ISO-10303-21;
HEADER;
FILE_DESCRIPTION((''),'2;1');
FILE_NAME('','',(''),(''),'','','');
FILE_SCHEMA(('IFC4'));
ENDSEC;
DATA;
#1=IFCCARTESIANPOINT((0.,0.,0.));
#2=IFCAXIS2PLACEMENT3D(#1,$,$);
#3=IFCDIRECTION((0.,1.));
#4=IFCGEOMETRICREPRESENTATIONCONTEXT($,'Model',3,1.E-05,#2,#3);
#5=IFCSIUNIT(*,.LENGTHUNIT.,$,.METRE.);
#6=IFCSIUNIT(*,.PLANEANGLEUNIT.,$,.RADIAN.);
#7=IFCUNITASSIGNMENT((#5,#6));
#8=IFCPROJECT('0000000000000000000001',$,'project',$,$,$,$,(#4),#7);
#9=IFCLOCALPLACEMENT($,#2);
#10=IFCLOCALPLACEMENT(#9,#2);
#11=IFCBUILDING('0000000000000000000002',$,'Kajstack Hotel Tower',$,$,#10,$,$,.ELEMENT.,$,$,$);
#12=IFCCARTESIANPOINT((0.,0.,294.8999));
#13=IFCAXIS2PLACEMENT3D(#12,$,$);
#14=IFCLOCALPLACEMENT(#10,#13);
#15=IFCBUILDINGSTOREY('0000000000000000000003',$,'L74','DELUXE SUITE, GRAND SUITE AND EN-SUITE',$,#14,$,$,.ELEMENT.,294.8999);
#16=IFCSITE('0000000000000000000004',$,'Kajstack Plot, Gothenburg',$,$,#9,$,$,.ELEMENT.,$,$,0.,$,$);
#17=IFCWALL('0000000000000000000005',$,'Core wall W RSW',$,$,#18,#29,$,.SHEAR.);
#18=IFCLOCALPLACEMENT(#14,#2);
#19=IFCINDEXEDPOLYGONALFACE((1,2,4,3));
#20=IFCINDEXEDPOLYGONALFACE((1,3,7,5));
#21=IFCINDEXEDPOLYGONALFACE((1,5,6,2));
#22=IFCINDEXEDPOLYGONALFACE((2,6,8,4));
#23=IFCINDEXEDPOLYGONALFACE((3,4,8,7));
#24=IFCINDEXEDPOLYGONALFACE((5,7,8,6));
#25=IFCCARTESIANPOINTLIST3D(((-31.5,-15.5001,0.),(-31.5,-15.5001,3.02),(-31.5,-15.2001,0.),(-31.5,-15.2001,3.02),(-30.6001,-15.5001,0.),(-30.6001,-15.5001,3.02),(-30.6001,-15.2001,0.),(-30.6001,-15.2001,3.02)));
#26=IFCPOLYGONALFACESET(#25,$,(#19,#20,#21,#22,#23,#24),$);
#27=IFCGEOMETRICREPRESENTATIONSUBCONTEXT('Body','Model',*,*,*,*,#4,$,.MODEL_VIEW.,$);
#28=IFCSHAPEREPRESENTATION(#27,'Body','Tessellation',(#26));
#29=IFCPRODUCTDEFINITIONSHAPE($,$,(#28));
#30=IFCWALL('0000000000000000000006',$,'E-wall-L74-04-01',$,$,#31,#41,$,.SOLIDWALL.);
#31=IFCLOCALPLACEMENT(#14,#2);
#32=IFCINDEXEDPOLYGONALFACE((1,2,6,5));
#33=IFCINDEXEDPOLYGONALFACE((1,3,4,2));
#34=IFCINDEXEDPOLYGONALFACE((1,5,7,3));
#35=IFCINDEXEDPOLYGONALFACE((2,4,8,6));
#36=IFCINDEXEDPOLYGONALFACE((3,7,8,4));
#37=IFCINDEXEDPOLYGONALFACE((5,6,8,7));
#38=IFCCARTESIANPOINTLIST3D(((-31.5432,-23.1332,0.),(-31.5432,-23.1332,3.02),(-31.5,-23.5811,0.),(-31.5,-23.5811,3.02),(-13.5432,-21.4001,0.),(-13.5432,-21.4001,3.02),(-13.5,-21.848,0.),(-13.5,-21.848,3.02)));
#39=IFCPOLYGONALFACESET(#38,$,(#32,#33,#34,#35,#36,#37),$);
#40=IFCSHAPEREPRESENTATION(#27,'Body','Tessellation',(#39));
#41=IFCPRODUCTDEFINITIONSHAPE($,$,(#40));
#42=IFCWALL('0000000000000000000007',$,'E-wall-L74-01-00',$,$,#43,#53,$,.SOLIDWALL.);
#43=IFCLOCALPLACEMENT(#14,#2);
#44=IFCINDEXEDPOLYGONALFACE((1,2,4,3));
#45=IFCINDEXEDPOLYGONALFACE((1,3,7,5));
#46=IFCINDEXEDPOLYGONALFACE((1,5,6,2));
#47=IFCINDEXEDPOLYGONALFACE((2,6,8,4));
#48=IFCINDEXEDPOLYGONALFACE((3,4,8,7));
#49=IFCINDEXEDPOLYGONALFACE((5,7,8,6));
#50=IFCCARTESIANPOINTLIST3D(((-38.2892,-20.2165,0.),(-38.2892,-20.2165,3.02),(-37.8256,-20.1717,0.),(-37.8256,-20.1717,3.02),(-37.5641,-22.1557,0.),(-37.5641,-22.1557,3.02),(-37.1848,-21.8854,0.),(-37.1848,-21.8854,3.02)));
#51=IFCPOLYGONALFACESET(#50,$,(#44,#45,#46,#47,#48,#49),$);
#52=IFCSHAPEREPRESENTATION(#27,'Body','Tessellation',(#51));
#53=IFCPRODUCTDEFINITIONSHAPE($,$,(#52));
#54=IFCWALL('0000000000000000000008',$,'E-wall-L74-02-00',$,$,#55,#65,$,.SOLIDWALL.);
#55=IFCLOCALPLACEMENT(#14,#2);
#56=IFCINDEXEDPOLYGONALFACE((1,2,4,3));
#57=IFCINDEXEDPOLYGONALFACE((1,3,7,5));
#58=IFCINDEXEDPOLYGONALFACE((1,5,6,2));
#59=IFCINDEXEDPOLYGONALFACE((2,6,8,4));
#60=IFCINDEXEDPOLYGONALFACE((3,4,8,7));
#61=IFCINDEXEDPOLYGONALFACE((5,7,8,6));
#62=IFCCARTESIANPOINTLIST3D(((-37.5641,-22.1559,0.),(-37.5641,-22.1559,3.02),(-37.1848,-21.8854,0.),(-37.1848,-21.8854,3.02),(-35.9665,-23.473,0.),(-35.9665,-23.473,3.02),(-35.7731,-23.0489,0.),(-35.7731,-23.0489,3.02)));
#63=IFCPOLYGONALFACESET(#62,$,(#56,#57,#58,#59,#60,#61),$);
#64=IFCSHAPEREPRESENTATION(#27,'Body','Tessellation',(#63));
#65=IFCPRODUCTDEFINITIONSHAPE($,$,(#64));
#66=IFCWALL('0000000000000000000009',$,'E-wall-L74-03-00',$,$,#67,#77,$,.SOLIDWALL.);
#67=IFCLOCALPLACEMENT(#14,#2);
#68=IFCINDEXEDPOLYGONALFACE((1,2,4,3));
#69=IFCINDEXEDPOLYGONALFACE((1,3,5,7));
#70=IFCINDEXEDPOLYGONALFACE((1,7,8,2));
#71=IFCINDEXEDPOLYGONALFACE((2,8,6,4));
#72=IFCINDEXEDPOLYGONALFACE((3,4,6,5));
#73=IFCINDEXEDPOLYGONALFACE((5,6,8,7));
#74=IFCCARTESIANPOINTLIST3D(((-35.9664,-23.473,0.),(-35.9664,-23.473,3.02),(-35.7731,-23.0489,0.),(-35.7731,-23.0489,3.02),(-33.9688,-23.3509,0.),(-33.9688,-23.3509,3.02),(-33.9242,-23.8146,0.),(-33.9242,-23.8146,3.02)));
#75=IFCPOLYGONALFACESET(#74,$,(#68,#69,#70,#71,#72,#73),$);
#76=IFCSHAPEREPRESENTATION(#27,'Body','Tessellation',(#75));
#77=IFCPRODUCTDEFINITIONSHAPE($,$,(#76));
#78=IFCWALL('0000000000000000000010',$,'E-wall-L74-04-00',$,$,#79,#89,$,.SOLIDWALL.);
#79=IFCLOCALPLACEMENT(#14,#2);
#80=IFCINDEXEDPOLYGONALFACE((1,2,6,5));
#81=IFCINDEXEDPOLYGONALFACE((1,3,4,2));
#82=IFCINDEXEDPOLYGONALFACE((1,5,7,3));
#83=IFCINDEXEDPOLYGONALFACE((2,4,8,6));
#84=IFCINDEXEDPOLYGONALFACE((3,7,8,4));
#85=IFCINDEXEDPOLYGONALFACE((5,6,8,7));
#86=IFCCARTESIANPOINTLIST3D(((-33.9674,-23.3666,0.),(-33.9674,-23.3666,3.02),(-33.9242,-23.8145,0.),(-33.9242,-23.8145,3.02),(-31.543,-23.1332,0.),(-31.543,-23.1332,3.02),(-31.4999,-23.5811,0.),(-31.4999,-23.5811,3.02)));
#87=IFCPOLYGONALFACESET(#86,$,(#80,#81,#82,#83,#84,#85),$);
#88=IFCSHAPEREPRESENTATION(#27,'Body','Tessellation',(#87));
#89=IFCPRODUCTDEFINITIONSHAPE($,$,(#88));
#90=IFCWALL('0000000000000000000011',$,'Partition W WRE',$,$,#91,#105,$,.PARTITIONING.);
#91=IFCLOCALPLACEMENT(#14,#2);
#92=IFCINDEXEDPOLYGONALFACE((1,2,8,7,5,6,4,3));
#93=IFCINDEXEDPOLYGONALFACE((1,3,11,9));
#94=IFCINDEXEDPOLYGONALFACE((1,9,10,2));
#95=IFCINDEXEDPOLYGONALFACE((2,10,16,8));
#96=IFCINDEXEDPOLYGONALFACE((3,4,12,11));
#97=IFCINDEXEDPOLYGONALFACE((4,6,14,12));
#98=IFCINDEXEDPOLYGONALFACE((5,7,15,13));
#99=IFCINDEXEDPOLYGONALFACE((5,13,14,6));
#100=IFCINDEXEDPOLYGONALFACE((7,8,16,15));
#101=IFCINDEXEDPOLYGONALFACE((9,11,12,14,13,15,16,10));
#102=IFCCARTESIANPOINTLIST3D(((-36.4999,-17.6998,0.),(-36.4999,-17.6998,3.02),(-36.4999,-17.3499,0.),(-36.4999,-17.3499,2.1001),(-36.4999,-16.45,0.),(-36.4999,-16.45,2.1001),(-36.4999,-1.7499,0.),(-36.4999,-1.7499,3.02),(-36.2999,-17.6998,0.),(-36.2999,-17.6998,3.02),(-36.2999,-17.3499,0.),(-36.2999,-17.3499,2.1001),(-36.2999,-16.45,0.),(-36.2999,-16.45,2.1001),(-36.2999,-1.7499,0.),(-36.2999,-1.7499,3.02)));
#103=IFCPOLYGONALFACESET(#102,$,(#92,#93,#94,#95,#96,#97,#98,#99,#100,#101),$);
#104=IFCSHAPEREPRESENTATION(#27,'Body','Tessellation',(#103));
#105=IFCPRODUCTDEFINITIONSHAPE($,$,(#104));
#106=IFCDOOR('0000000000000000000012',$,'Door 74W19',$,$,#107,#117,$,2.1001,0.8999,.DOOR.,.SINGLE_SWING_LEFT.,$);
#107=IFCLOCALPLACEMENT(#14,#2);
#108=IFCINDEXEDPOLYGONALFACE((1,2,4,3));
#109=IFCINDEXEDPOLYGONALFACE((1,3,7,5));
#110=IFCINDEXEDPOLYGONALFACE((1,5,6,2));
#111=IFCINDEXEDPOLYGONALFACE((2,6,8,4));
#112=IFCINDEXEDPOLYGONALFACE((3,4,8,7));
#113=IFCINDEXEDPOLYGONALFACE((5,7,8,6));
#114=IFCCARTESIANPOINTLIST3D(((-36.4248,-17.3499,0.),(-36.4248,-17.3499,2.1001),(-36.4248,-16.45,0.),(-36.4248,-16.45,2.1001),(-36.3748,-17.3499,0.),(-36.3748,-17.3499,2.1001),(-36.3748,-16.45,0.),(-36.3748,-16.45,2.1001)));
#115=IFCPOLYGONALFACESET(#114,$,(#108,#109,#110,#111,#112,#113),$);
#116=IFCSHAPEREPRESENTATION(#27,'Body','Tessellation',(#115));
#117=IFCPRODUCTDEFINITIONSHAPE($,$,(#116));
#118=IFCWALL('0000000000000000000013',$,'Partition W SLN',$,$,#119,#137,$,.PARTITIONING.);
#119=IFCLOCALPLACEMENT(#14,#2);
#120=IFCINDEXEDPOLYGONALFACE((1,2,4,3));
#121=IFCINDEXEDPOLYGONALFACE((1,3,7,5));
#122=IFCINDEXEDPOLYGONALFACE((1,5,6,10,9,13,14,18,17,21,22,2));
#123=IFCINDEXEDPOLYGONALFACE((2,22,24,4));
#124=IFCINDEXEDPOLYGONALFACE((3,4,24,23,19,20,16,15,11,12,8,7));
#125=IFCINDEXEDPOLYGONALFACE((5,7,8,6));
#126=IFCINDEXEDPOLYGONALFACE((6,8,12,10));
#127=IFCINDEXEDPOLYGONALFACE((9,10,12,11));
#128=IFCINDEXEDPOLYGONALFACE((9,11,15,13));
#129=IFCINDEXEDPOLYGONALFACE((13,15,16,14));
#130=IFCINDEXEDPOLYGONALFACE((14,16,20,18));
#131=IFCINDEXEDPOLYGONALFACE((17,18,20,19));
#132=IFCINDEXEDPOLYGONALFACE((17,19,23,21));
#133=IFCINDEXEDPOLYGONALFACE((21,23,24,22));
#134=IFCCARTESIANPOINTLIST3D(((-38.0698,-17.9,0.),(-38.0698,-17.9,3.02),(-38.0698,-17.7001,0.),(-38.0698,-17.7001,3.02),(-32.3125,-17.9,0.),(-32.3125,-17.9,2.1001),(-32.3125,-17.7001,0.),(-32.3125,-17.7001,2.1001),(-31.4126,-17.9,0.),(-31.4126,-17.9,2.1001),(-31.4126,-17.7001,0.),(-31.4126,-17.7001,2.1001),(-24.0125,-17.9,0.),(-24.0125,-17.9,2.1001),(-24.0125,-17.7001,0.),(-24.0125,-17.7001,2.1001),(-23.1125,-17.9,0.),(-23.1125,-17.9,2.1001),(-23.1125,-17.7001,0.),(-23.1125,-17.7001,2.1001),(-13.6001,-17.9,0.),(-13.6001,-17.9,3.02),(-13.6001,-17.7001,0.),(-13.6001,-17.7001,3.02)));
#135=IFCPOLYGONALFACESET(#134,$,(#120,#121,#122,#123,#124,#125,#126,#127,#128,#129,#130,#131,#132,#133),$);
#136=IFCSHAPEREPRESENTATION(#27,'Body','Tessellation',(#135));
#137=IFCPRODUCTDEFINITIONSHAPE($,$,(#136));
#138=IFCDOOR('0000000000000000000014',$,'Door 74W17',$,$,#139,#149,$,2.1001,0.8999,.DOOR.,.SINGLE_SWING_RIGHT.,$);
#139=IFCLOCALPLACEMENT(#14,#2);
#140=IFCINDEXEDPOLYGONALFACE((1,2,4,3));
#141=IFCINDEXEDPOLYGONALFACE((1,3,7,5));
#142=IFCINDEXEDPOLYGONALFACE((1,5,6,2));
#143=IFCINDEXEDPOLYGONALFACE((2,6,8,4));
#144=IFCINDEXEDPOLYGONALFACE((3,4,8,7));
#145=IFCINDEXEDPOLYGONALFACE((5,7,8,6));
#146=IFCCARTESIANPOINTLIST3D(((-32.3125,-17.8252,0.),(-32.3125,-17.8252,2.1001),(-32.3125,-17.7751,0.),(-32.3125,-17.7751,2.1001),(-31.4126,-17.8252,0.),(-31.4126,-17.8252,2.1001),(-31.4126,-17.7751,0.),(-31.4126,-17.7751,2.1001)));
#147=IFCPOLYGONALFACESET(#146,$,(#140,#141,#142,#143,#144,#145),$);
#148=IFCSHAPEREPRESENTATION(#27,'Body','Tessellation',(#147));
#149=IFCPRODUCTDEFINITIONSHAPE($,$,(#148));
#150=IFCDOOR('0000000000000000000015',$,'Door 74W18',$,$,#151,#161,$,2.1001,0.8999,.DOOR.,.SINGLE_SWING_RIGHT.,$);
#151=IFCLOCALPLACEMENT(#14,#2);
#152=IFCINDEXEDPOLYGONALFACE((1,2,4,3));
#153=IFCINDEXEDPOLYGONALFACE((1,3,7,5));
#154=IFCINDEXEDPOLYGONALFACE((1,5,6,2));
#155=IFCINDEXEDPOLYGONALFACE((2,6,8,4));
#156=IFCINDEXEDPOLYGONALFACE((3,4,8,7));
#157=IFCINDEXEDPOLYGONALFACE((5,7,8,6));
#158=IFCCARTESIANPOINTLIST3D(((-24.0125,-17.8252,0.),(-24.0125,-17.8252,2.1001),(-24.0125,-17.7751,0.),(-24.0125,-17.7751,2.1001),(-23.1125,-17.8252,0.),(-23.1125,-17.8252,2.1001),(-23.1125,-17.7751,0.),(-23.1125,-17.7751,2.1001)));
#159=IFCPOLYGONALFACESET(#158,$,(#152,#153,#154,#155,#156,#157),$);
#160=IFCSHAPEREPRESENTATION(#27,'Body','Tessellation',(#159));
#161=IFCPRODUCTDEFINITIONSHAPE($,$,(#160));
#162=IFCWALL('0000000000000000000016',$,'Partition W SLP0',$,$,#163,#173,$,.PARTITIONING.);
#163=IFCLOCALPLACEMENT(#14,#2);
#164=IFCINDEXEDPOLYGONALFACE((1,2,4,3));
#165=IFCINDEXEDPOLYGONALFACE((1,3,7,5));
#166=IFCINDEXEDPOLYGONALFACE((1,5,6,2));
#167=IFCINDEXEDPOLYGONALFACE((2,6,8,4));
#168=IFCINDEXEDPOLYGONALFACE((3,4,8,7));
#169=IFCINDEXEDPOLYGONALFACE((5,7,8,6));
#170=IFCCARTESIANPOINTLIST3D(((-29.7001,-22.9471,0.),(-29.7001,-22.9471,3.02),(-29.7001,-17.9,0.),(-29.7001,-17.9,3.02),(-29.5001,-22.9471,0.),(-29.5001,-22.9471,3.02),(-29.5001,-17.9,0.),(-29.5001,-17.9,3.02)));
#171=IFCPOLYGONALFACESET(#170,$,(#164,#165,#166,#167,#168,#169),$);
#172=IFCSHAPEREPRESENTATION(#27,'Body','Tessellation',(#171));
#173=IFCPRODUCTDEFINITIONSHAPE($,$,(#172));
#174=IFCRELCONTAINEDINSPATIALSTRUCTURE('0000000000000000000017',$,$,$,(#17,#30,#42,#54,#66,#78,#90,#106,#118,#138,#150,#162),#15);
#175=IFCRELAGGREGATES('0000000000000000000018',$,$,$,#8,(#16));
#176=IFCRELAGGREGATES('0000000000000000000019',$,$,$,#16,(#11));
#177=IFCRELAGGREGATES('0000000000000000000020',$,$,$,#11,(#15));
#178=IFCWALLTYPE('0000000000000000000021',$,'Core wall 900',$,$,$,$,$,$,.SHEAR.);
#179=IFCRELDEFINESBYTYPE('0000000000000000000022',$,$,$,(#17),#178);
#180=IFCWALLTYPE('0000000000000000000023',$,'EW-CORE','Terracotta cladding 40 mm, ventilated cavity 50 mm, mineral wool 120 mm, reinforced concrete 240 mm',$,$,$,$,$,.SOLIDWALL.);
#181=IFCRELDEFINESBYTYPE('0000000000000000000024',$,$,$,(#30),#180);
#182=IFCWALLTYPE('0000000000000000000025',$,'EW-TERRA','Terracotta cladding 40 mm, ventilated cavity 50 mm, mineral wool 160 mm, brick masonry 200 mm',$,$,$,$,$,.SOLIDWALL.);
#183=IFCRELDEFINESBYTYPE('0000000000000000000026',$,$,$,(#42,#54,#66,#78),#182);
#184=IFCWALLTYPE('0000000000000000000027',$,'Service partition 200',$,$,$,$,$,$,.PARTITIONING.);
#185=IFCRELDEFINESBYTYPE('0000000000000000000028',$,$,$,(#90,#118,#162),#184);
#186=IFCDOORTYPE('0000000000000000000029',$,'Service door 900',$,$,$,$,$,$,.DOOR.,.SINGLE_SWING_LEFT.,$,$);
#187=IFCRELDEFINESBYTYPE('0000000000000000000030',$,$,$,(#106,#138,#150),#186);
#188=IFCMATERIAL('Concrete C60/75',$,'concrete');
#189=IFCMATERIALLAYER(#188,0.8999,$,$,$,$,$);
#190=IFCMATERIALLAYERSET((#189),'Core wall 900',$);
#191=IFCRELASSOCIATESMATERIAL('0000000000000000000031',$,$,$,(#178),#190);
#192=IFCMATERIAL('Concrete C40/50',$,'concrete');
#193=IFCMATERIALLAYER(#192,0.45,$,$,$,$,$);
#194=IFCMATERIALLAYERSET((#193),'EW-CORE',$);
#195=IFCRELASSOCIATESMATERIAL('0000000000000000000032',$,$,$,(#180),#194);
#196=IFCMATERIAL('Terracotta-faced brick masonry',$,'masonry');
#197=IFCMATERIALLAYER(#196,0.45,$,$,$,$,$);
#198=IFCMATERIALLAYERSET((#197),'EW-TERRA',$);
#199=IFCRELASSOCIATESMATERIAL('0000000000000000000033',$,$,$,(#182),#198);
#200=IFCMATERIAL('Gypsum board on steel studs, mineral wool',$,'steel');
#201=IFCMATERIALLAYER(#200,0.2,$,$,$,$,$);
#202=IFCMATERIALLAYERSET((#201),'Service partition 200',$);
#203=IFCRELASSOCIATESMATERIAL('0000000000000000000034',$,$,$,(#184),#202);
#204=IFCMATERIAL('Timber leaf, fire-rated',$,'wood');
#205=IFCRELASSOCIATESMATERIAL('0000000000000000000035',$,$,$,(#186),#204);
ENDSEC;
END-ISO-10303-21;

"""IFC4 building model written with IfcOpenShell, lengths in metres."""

from ifc_helpers import new_model, si_unit, direction, frame, frame_2d, origin, place, context, subcontext, project, spatial, polyline, rectangle, outline, extrude, material, layer, layer_set, type_object, element, fill, save


model = new_model("IFC4")

# Units and contexts
model_context = context("Model", 3, precision=1e-05, world=origin(), true_north=direction((0.0, 1.0)))
body_context = subcontext(model_context, "Body", "Model", "MODEL_VIEW")
ifc_project = project(units=[si_unit("LENGTHUNIT", "METRE"), si_unit("PLANEANGLEUNIT", "RADIAN")], contexts=[model_context])

# Site, building, storey
site_placement = place(None, origin())
site = spatial("IfcSite", under=ifc_project, at=site_placement, Name="Kajstack Plot, Gothenburg", CompositionType="ELEMENT", RefElevation=0.0)
building_placement = place(site_placement, origin())
building = spatial("IfcBuilding", under=site, at=building_placement, Name="Kajstack Hotel Tower", CompositionType="ELEMENT")
storey_placement = place(building_placement, frame((0.0, 0.0, 294.8999)))
storey = spatial("IfcBuildingStorey", under=building, at=storey_placement, Name="L74", Description="DELUXE SUITE, GRAND SUITE AND EN-SUITE", CompositionType="ELEMENT", Elevation=294.8999)

# Walls
ifc_material_1 = material(Name="Concrete C60/75", Category="concrete")
ifc_layer_1 = layer(ifc_material_1, 0.8999)
ifc_layer_set_1 = layer_set([ifc_layer_1], Name="Core wall 900")
wall_type_1 = type_object("IfcWallType", Name="Core wall 900", PredefinedType="SHEAR", material=ifc_layer_set_1)
wall_1_placement = place(storey_placement, frame((-31.5, -15.3501, 0.0), z_axis=(0.0, 0.0, 1.0), x_axis=(1.0, 0.0, 0.0)))
element("IfcWall", 1, at=wall_1_placement, inside=storey, type_object=wall_type_1, Name="Core wall W RSW", PredefinedType="SHEAR", context=body_context, shape_type="SweptSolid", body=[
    extrude(rectangle(XDim=0.8999, YDim=0.3, at=frame_2d((0.45, 0.0))), origin(), (0.0, 0.0, 1.0), 3.02),
])
ifc_material_2 = material(Name="Concrete C40/50", Category="concrete")
ifc_layer_2 = layer(ifc_material_2, 0.45)
ifc_layer_set_2 = layer_set([ifc_layer_2], Name="EW-CORE")
wall_type_2 = type_object("IfcWallType", Name="EW-CORE", Description="Terracotta cladding 40 mm, ventilated cavity 50 mm, mineral wool 120 mm, reinforced concrete 240 mm", PredefinedType="SOLIDWALL", material=ifc_layer_set_2)
wall_2_placement = place(storey_placement, frame((-31.5215, -23.3572, 0.0), z_axis=(0.0, 0.0, 1.0), x_axis=(0.995396, 0.095843, 0.0)))
element("IfcWall", 2, at=wall_2_placement, inside=storey, type_object=wall_type_2, Name="E-wall-L74-04-01", PredefinedType="SOLIDWALL", context=body_context, shape_type="SweptSolid", body=[
    extrude(rectangle(XDim=18.0833, YDim=0.45, at=frame_2d((9.0415, 0.0))), origin(), (0.0, 0.0, 1.0), 3.02),
])
ifc_material_3 = material(Name="Terracotta-faced brick masonry", Category="masonry")
ifc_layer_3 = layer(ifc_material_3, 0.45)
ifc_layer_set_3 = layer_set([ifc_layer_3], Name="EW-TERRA")
wall_type_3 = type_object("IfcWallType", Name="EW-TERRA", Description="Terracotta cladding 40 mm, ventilated cavity 50 mm, mineral wool 160 mm, brick masonry 200 mm", PredefinedType="SOLIDWALL", material=ifc_layer_set_3)
wall_3_placement = place(storey_placement, frame((-38.0784, -20.1377, 0.0), z_axis=(0.0, 0.0, 1.0), x_axis=(0.350232, -0.936663, 0.0)))
element("IfcWall", 3, at=wall_3_placement, inside=storey, type_object=wall_type_3, Name="E-wall-L74-01-00", PredefinedType="SOLIDWALL", context=body_context, shape_type="SweptSolid", body=[
    extrude(outline(polyline([(0.0, -0.2251), (2.0703, -0.2251), (1.95, 0.2249), (0.1204, 0.2249), (0.0, -0.2251)])), origin(), (0.0, 0.0, 1.0), 3.02),
])
wall_4_placement = place(storey_placement, frame((-37.4209, -21.9822, 0.0), z_axis=(0.0, 0.0, 1.0), x_axis=(0.771593, -0.636116, 0.0)))
element("IfcWall", 4, at=wall_4_placement, inside=storey, type_object=wall_type_3, Name="E-wall-L74-02-00", PredefinedType="SOLIDWALL", context=body_context, shape_type="SweptSolid", body=[
    extrude(outline(polyline([(0.0, -0.2251), (2.0706, -0.2251), (1.95, 0.2251), (0.1206, 0.2249), (0.0, -0.2251)])), origin(), (0.0, 0.0, 1.0), 3.02),
])
wall_5_placement = place(storey_placement, frame((-35.9292, -23.251, 0.0), z_axis=(0.0, 0.0, 1.0), x_axis=(0.986279, -0.165087, 0.0)))
element("IfcWall", 5, at=wall_5_placement, inside=storey, type_object=wall_type_3, Name="E-wall-L74-03-00", PredefinedType="SOLIDWALL", context=body_context, shape_type="SweptSolid", body=[
    extrude(outline(polyline([(0.0, -0.2251), (2.0706, -0.2249), (1.95, 0.2251), (0.1206, 0.2251), (0.0, -0.2251)])), origin(), (0.0, 0.0, 1.0), 3.02),
])
wall_6_placement = place(storey_placement, frame((-33.9458, -23.5906, 0.0), z_axis=(0.0, 0.0, 1.0), x_axis=(0.995398, 0.095831, 0.0)))
element("IfcWall", 6, at=wall_6_placement, inside=storey, type_object=wall_type_3, Name="E-wall-L74-04-00", PredefinedType="SOLIDWALL", context=body_context, shape_type="SweptSolid", body=[
    extrude(rectangle(XDim=2.4355, YDim=0.45, at=frame_2d((1.2178, 0.0))), origin(), (0.0, 0.0, 1.0), 3.02),
])

# Wall, opening, door
ifc_material_4 = material(Name="Gypsum board on steel studs, mineral wool", Category="steel")
ifc_layer_4 = layer(ifc_material_4, 0.2)
ifc_layer_set_4 = layer_set([ifc_layer_4], Name="Service partition 200")
wall_type_4 = type_object("IfcWallType", Name="Service partition 200", PredefinedType="PARTITIONING", material=ifc_layer_set_4)
wall_7_placement = place(storey_placement, frame((-36.3999, -17.7, 0.0), z_axis=(0.0, 0.0, 1.0), x_axis=(0.0, 1.0, 0.0)))
wall_7 = element("IfcWall", 7, at=wall_7_placement, inside=storey, type_object=wall_type_4, Name="Partition W WRE", PredefinedType="PARTITIONING", context=body_context, shape_type="SweptSolid", body=[
    extrude(rectangle(XDim=15.95, YDim=0.2, at=frame_2d((7.9751, 0.0))), origin(), (0.0, 0.0, 1.0), 3.02),
])
opening_1_placement = place(wall_7_placement, frame((0.3501, 0.0, 0.0)))
opening_1 = element("IfcOpeningElement", 8, at=opening_1_placement, cuts=wall_7, PredefinedType="OPENING", context=body_context, shape_type="SweptSolid", body=[
    extrude(rectangle(XDim=0.8999, YDim=2.1001, at=frame_2d((0.45, 1.05))), frame((0.0, 0.1099, 0.0), z_axis=(0.0, -1.0, 0.0), x_axis=(1.0, 0.0, 0.0)), (0.0, 0.0, 1.0), 0.22),
])
ifc_material_5 = material(Name="Timber leaf, fire-rated", Category="wood")
door_type_1 = type_object("IfcDoorType", Name="Service door 900", OperationType="SINGLE_SWING_LEFT", PredefinedType="DOOR", material=ifc_material_5)
door_1_placement = place(opening_1_placement, origin())
door_1 = element("IfcDoor", 9, at=door_1_placement, inside=storey, type_object=door_type_1, Name="Door 74W19", OperationType="SINGLE_SWING_LEFT", OverallHeight=2.1001, OverallWidth=0.8999, PredefinedType="DOOR", context=body_context, shape_type="SweptSolid", body=[
    extrude(rectangle(XDim=0.8999, YDim=2.1001, at=frame_2d((0.45, 1.05))), frame((0.0, 0.0249, 0.0), z_axis=(0.0, -1.0, 0.0), x_axis=(1.0, 0.0, 0.0)), (0.0, 0.0, 1.0), 0.05),
])
fill(opening_1, door_1)

# Wall, openings, doors
wall_8_placement = place(storey_placement, frame((-38.0698, -17.8, 0.0), z_axis=(0.0, 0.0, 1.0), x_axis=(1.0, 0.0, 0.0)))
wall_8 = element("IfcWall", 10, at=wall_8_placement, inside=storey, type_object=wall_type_4, Name="Partition W SLN", PredefinedType="PARTITIONING", context=body_context, shape_type="SweptSolid", body=[
    extrude(rectangle(XDim=24.4697, YDim=0.2, at=frame_2d((12.2349, 0.0))), origin(), (0.0, 0.0, 1.0), 3.02),
])
opening_2_placement = place(wall_8_placement, frame((5.7573, 0.0, 0.0)))
opening_2 = element("IfcOpeningElement", 11, at=opening_2_placement, cuts=wall_8, PredefinedType="OPENING", context=body_context, shape_type="SweptSolid", body=[
    extrude(rectangle(XDim=0.8999, YDim=2.1001, at=frame_2d((0.45, 1.05))), frame((0.0, 0.1099, 0.0), z_axis=(0.0, -1.0, 0.0), x_axis=(1.0, 0.0, 0.0)), (0.0, 0.0, 1.0), 0.22),
])
opening_3_placement = place(wall_8_placement, frame((14.0574, 0.0, 0.0)))
opening_3 = element("IfcOpeningElement", 12, at=opening_3_placement, cuts=wall_8, PredefinedType="OPENING", context=body_context, shape_type="SweptSolid", body=[
    extrude(rectangle(XDim=0.8999, YDim=2.1001, at=frame_2d((0.45, 1.05))), frame((0.0, 0.1099, 0.0), z_axis=(0.0, -1.0, 0.0), x_axis=(1.0, 0.0, 0.0)), (0.0, 0.0, 1.0), 0.22),
])
door_2_placement = place(opening_2_placement, origin())
door_2 = element("IfcDoor", 13, at=door_2_placement, inside=storey, type_object=door_type_1, Name="Door 74W17", OperationType="SINGLE_SWING_RIGHT", OverallHeight=2.1001, OverallWidth=0.8999, PredefinedType="DOOR", context=body_context, shape_type="SweptSolid", body=[
    extrude(rectangle(XDim=0.8999, YDim=2.1001, at=frame_2d((0.45, 1.05))), frame((0.0, 0.0249, 0.0), z_axis=(0.0, -1.0, 0.0), x_axis=(1.0, 0.0, 0.0)), (0.0, 0.0, 1.0), 0.05),
])
fill(opening_2, door_2)
door_3_placement = place(opening_3_placement, origin())
door_3 = element("IfcDoor", 14, at=door_3_placement, inside=storey, type_object=door_type_1, Name="Door 74W18", OperationType="SINGLE_SWING_RIGHT", OverallHeight=2.1001, OverallWidth=0.8999, PredefinedType="DOOR", context=body_context, shape_type="SweptSolid", body=[
    extrude(rectangle(XDim=0.8999, YDim=2.1001, at=frame_2d((0.45, 1.05))), frame((0.0, 0.0249, 0.0), z_axis=(0.0, -1.0, 0.0), x_axis=(1.0, 0.0, 0.0)), (0.0, 0.0, 1.0), 0.05),
])
fill(opening_3, door_3)

# Wall
wall_9_placement = place(storey_placement, frame((-29.6001, -22.947, 0.0), z_axis=(0.0, 0.0, 1.0), x_axis=(0.0, 1.0, 0.0)))
element("IfcWall", 15, at=wall_9_placement, inside=storey, type_object=wall_type_4, Name="Partition W SLP0", PredefinedType="PARTITIONING", context=body_context, shape_type="SweptSolid", body=[
    extrude(rectangle(XDim=5.0471, YDim=0.2, at=frame_2d((2.5234, 0.0))), origin(), (0.0, 0.0, 1.0), 3.02),
])

save(model, "model.ifc")
